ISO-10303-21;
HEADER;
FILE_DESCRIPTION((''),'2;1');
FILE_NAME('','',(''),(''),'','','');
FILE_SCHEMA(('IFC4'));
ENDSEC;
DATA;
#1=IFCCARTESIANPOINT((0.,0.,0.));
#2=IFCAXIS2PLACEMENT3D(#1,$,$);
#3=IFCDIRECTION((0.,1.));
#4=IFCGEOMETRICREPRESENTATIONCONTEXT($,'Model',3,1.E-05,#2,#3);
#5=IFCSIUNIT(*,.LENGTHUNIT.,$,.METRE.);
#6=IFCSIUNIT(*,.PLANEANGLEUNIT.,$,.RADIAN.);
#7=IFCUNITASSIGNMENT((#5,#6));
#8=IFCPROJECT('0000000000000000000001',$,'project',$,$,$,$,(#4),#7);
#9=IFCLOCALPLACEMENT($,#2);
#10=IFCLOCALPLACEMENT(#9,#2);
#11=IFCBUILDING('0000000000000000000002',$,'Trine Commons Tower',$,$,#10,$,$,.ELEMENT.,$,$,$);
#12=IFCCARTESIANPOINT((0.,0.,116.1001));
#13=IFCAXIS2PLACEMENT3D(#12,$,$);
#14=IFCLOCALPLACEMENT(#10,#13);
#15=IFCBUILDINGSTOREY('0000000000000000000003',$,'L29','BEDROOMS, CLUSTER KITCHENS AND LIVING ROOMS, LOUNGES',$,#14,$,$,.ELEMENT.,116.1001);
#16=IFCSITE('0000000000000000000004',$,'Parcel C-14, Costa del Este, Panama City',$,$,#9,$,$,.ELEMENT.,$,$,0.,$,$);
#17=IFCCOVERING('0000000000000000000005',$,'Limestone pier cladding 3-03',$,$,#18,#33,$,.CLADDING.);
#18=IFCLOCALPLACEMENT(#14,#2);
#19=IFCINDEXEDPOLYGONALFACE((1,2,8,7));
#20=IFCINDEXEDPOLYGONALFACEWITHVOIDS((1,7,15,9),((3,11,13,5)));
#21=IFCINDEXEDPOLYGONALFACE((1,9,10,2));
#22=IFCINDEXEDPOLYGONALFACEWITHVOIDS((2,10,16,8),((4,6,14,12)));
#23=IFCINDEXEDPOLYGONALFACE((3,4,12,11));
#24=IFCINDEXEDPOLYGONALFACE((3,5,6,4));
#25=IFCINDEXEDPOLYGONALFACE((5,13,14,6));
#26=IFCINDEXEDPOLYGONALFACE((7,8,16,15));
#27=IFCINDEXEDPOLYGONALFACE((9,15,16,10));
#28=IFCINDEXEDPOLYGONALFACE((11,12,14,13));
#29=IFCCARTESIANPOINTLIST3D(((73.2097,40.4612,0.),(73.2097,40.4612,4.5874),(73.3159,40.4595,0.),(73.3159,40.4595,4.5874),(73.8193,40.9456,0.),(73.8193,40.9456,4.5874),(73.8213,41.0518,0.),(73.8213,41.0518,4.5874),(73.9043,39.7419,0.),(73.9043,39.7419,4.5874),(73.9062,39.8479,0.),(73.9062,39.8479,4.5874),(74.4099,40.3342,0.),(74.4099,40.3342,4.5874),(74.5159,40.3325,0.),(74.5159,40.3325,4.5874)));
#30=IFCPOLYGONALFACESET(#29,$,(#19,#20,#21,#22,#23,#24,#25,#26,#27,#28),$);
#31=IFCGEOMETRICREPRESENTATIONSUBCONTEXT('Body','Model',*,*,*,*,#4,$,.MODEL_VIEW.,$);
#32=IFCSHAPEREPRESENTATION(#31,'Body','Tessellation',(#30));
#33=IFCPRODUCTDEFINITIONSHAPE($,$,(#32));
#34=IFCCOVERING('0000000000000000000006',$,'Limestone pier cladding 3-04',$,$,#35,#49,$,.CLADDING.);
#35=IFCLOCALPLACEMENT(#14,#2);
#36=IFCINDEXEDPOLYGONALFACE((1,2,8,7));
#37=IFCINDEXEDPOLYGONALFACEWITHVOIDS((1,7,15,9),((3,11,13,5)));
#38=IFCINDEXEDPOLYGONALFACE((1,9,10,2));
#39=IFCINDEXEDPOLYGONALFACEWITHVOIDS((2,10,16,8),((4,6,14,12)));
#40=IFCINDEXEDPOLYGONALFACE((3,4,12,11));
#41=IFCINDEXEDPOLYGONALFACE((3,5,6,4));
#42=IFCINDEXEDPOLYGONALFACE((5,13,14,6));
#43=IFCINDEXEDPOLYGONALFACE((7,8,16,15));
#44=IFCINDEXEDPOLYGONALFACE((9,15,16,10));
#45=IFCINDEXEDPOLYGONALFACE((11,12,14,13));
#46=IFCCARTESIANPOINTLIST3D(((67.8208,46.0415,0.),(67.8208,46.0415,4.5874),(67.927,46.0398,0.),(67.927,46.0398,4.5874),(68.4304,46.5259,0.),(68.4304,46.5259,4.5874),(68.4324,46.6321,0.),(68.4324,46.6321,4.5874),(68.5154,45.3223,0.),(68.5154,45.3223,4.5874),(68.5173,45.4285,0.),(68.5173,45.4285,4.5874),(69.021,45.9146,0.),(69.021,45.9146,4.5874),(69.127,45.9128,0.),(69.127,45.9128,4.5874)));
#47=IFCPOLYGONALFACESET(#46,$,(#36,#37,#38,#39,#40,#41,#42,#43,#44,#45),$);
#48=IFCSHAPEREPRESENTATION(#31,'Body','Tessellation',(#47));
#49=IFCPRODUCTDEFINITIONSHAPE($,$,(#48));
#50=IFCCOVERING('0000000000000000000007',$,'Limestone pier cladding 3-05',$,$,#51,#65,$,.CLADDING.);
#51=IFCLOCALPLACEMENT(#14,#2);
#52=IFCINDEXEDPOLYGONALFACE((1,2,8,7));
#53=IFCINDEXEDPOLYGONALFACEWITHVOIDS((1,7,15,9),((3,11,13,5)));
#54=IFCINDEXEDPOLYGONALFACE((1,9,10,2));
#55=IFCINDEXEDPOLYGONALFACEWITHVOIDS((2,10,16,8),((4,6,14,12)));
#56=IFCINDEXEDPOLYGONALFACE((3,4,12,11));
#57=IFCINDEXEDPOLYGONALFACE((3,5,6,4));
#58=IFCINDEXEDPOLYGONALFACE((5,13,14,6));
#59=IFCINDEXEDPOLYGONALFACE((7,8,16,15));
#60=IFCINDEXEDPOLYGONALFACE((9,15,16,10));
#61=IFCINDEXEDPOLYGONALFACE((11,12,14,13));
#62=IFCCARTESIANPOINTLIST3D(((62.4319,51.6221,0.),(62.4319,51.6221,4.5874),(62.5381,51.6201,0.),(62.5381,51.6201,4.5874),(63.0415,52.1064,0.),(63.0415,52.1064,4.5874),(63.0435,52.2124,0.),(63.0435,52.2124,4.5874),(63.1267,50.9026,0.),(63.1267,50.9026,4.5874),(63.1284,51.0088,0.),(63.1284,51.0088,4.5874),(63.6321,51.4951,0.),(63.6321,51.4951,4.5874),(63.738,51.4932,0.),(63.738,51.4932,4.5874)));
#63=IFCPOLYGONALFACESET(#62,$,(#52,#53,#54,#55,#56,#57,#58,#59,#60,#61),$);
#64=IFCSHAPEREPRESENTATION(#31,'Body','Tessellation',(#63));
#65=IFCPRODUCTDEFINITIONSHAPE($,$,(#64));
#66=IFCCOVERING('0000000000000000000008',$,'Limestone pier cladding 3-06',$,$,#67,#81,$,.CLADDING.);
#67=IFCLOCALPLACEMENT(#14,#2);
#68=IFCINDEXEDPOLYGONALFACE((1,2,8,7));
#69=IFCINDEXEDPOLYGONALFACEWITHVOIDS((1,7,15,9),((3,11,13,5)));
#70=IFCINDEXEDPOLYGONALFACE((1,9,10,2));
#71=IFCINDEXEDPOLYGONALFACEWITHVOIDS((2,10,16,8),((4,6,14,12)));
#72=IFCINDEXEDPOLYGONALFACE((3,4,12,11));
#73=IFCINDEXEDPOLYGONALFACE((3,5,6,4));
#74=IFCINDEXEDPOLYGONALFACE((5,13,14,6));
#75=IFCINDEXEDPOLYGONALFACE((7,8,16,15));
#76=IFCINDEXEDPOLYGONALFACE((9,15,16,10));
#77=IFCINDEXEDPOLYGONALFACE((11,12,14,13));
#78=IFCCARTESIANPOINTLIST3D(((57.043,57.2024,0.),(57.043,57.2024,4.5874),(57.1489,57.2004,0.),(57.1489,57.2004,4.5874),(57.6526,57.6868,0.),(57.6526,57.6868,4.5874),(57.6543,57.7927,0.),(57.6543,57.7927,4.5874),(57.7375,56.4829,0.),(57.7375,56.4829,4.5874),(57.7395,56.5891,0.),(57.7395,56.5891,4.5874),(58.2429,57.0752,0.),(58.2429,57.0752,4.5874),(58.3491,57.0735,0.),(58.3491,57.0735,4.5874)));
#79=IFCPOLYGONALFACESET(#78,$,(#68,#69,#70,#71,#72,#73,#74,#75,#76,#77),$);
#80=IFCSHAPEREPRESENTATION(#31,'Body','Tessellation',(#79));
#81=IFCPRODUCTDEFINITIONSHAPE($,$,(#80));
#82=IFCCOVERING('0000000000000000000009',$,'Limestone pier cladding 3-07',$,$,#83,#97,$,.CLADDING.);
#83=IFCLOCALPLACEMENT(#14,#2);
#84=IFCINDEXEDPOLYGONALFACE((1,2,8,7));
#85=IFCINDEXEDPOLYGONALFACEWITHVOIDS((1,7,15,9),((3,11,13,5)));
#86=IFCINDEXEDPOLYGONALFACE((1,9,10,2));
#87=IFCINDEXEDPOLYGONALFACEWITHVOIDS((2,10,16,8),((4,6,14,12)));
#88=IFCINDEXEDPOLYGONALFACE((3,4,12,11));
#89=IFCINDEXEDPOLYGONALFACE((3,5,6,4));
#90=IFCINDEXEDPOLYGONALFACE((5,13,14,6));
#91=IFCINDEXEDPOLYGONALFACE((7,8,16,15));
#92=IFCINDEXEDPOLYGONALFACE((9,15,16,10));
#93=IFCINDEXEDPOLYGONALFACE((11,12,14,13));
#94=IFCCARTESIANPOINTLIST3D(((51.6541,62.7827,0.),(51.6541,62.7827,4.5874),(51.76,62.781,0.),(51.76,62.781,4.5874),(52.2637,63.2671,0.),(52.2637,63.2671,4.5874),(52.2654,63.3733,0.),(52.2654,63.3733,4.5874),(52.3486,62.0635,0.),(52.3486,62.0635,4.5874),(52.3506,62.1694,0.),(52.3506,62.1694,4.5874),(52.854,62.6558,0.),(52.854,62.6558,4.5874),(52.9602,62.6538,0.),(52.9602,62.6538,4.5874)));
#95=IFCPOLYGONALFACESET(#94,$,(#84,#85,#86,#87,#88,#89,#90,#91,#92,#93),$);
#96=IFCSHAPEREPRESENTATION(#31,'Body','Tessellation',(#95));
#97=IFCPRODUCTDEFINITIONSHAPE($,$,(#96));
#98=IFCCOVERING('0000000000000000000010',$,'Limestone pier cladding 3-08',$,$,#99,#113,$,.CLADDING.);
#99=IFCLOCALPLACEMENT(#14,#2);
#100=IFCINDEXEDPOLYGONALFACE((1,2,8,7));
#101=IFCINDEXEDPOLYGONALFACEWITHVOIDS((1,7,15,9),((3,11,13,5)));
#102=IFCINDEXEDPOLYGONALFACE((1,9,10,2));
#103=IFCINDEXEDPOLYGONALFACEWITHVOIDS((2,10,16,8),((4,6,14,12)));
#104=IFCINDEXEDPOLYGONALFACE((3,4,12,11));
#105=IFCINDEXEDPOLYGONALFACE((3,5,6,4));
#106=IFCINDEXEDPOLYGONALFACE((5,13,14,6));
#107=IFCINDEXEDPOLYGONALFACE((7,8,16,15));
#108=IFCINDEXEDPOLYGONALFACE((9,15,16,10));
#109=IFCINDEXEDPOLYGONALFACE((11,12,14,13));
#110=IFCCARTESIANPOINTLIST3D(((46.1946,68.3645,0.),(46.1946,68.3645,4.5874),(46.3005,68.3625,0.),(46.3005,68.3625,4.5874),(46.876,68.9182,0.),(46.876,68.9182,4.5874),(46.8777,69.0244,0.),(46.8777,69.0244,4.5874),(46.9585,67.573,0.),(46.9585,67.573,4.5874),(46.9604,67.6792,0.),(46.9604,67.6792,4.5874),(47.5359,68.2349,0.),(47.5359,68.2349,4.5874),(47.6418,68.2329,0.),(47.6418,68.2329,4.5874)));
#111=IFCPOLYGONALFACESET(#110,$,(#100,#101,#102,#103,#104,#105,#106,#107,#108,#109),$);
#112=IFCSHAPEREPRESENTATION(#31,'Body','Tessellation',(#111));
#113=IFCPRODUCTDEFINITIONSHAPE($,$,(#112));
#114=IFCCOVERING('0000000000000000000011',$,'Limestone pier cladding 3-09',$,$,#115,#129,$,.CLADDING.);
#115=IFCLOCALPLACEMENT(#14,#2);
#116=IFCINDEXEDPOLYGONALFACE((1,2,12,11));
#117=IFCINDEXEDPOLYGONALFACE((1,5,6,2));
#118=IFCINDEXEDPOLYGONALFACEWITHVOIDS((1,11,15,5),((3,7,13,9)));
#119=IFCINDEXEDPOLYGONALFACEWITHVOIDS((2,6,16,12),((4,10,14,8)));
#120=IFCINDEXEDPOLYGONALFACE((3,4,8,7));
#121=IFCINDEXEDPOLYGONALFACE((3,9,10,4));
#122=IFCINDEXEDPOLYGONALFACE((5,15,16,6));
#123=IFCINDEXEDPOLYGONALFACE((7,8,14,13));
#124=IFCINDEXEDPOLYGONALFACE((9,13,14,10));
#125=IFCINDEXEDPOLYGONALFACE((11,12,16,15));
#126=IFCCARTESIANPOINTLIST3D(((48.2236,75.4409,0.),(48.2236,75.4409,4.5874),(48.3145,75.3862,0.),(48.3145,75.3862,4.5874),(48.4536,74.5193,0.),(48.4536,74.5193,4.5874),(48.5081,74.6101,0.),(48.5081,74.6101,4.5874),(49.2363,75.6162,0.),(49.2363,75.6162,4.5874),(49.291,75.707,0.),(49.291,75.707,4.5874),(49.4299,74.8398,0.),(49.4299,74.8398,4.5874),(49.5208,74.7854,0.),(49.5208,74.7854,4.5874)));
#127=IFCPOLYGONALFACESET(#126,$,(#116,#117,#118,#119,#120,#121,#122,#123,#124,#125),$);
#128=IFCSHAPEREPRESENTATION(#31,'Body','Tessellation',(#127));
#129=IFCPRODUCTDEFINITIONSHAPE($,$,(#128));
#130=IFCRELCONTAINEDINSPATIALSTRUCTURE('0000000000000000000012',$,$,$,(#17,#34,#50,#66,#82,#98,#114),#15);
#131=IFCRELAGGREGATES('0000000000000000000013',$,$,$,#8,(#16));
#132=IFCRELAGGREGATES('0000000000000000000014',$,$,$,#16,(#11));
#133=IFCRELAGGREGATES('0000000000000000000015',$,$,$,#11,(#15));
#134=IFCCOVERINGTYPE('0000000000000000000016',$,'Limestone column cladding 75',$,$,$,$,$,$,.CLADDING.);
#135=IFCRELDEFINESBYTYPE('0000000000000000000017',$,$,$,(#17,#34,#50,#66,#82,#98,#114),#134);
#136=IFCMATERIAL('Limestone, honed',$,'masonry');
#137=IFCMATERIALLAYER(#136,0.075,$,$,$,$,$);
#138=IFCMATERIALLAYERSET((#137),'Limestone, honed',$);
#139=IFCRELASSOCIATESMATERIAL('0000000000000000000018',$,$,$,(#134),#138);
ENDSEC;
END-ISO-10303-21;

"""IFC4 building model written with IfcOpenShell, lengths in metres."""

from ifc_helpers import new_model, si_unit, direction, frame, origin, place, context, subcontext, project, spatial, polyline, outline, extrude, material, layer, layer_set, type_object, element, save


model = new_model("IFC4")

# Units and contexts
model_context = context("Model", 3, precision=1e-05, world=origin(), true_north=direction((0.0, 1.0)))
body_context = subcontext(model_context, "Body", "Model", "MODEL_VIEW")
ifc_project = project(units=[si_unit("LENGTHUNIT", "METRE"), si_unit("PLANEANGLEUNIT", "RADIAN")], contexts=[model_context])

# Site, building, storey
site_placement = place(None, origin())
site = spatial("IfcSite", under=ifc_project, at=site_placement, Name="Parcel C-14, Costa del Este, Panama City", CompositionType="ELEMENT", RefElevation=0.0)
building_placement = place(site_placement, origin())
building = spatial("IfcBuilding", under=site, at=building_placement, Name="Trine Commons Tower", CompositionType="ELEMENT")
storey_placement = place(building_placement, frame((0.0, 0.0, 116.1001)))
storey = spatial("IfcBuildingStorey", under=building, at=storey_placement, Name="L29", Description="BEDROOMS, CLUSTER KITCHENS AND LIVING ROOMS, LOUNGES", CompositionType="ELEMENT", Elevation=116.1001)

# Coverings
ifc_material_1 = material(Name="Limestone, honed", Category="masonry")
ifc_layer_1 = layer(ifc_material_1, 0.075)
ifc_layer_set_1 = layer_set([ifc_layer_1], Name="Limestone, honed")
covering_type_1 = type_object("IfcCoveringType", Name="Limestone column cladding 75", PredefinedType="CLADDING", material=ifc_layer_set_1)
covering_1_placement = place(storey_placement, origin())
element("IfcCovering", 1, at=covering_1_placement, inside=storey, type_object=covering_type_1, Name="Limestone pier cladding 3-03", PredefinedType="CLADDING", context=body_context, shape_type="SweptSolid", body=[
    extrude(outline(polyline([(73.8213, 41.0518), (73.2097, 40.4612), (73.9043, 39.7419), (74.5159, 40.3325), (73.8213, 41.0518)]), holes=[polyline([(73.8193, 40.9456), (73.3159, 40.4595), (73.9062, 39.8479), (74.4099, 40.3342), (73.8193, 40.9456)])]), origin(), (0.0, 0.0, 1.0), 4.5874),
])
covering_2_placement = place(storey_placement, origin())
element("IfcCovering", 2, at=covering_2_placement, inside=storey, type_object=covering_type_1, Name="Limestone pier cladding 3-04", PredefinedType="CLADDING", context=body_context, shape_type="SweptSolid", body=[
    extrude(outline(polyline([(68.4324, 46.6321), (67.8208, 46.0415), (68.5154, 45.3223), (69.127, 45.9128), (68.4324, 46.6321)]), holes=[polyline([(68.4304, 46.5259), (67.927, 46.0398), (68.5173, 45.4285), (69.021, 45.9146), (68.4304, 46.5259)])]), origin(), (0.0, 0.0, 1.0), 4.5874),
])
covering_3_placement = place(storey_placement, origin())
element("IfcCovering", 3, at=covering_3_placement, inside=storey, type_object=covering_type_1, Name="Limestone pier cladding 3-05", PredefinedType="CLADDING", context=body_context, shape_type="SweptSolid", body=[
    extrude(outline(polyline([(63.0435, 52.2124), (62.4319, 51.6221), (63.1267, 50.9026), (63.738, 51.4932), (63.0435, 52.2124)]), holes=[polyline([(63.0415, 52.1064), (62.5381, 51.6201), (63.1284, 51.0088), (63.6321, 51.4951), (63.0415, 52.1064)])]), origin(), (0.0, 0.0, 1.0), 4.5874),
])
covering_4_placement = place(storey_placement, origin())
element("IfcCovering", 4, at=covering_4_placement, inside=storey, type_object=covering_type_1, Name="Limestone pier cladding 3-06", PredefinedType="CLADDING", context=body_context, shape_type="SweptSolid", body=[
    extrude(outline(polyline([(57.6543, 57.7927), (57.043, 57.2024), (57.7375, 56.4829), (58.3491, 57.0735), (57.6543, 57.7927)]), holes=[polyline([(57.6526, 57.6868), (57.1489, 57.2004), (57.7395, 56.5891), (58.2429, 57.0752), (57.6526, 57.6868)])]), origin(), (0.0, 0.0, 1.0), 4.5874),
])
covering_5_placement = place(storey_placement, origin())
element("IfcCovering", 5, at=covering_5_placement, inside=storey, type_object=covering_type_1, Name="Limestone pier cladding 3-07", PredefinedType="CLADDING", context=body_context, shape_type="SweptSolid", body=[
    extrude(outline(polyline([(52.2654, 63.3733), (51.6541, 62.7827), (52.3486, 62.0635), (52.9602, 62.6538), (52.2654, 63.3733)]), holes=[polyline([(52.2637, 63.2671), (51.76, 62.781), (52.3506, 62.1694), (52.854, 62.6558), (52.2637, 63.2671)])]), origin(), (0.0, 0.0, 1.0), 4.5874),
])
covering_6_placement = place(storey_placement, origin())
element("IfcCovering", 6, at=covering_6_placement, inside=storey, type_object=covering_type_1, Name="Limestone pier cladding 3-08", PredefinedType="CLADDING", context=body_context, shape_type="SweptSolid", body=[
    extrude(outline(polyline([(46.8777, 69.0244), (46.1946, 68.3645), (46.9585, 67.573), (47.6418, 68.2329), (46.8777, 69.0244)]), holes=[polyline([(46.876, 68.9182), (46.3005, 68.3625), (46.9604, 67.6792), (47.5359, 68.2349), (46.876, 68.9182)])]), origin(), (0.0, 0.0, 1.0), 4.5874),
])
covering_7_placement = place(storey_placement, origin())
element("IfcCovering", 7, at=covering_7_placement, inside=storey, type_object=covering_type_1, Name="Limestone pier cladding 3-09", PredefinedType="CLADDING", context=body_context, shape_type="SweptSolid", body=[
    extrude(outline(polyline([(49.5208, 74.7854), (49.291, 75.707), (48.2236, 75.4409), (48.4536, 74.5193), (49.5208, 74.7854)]), holes=[polyline([(49.4299, 74.8398), (49.2363, 75.6162), (48.3145, 75.3862), (48.5081, 74.6101), (49.4299, 74.8398)])]), origin(), (0.0, 0.0, 1.0), 4.5874),
])

save(model, "model.ifc")
